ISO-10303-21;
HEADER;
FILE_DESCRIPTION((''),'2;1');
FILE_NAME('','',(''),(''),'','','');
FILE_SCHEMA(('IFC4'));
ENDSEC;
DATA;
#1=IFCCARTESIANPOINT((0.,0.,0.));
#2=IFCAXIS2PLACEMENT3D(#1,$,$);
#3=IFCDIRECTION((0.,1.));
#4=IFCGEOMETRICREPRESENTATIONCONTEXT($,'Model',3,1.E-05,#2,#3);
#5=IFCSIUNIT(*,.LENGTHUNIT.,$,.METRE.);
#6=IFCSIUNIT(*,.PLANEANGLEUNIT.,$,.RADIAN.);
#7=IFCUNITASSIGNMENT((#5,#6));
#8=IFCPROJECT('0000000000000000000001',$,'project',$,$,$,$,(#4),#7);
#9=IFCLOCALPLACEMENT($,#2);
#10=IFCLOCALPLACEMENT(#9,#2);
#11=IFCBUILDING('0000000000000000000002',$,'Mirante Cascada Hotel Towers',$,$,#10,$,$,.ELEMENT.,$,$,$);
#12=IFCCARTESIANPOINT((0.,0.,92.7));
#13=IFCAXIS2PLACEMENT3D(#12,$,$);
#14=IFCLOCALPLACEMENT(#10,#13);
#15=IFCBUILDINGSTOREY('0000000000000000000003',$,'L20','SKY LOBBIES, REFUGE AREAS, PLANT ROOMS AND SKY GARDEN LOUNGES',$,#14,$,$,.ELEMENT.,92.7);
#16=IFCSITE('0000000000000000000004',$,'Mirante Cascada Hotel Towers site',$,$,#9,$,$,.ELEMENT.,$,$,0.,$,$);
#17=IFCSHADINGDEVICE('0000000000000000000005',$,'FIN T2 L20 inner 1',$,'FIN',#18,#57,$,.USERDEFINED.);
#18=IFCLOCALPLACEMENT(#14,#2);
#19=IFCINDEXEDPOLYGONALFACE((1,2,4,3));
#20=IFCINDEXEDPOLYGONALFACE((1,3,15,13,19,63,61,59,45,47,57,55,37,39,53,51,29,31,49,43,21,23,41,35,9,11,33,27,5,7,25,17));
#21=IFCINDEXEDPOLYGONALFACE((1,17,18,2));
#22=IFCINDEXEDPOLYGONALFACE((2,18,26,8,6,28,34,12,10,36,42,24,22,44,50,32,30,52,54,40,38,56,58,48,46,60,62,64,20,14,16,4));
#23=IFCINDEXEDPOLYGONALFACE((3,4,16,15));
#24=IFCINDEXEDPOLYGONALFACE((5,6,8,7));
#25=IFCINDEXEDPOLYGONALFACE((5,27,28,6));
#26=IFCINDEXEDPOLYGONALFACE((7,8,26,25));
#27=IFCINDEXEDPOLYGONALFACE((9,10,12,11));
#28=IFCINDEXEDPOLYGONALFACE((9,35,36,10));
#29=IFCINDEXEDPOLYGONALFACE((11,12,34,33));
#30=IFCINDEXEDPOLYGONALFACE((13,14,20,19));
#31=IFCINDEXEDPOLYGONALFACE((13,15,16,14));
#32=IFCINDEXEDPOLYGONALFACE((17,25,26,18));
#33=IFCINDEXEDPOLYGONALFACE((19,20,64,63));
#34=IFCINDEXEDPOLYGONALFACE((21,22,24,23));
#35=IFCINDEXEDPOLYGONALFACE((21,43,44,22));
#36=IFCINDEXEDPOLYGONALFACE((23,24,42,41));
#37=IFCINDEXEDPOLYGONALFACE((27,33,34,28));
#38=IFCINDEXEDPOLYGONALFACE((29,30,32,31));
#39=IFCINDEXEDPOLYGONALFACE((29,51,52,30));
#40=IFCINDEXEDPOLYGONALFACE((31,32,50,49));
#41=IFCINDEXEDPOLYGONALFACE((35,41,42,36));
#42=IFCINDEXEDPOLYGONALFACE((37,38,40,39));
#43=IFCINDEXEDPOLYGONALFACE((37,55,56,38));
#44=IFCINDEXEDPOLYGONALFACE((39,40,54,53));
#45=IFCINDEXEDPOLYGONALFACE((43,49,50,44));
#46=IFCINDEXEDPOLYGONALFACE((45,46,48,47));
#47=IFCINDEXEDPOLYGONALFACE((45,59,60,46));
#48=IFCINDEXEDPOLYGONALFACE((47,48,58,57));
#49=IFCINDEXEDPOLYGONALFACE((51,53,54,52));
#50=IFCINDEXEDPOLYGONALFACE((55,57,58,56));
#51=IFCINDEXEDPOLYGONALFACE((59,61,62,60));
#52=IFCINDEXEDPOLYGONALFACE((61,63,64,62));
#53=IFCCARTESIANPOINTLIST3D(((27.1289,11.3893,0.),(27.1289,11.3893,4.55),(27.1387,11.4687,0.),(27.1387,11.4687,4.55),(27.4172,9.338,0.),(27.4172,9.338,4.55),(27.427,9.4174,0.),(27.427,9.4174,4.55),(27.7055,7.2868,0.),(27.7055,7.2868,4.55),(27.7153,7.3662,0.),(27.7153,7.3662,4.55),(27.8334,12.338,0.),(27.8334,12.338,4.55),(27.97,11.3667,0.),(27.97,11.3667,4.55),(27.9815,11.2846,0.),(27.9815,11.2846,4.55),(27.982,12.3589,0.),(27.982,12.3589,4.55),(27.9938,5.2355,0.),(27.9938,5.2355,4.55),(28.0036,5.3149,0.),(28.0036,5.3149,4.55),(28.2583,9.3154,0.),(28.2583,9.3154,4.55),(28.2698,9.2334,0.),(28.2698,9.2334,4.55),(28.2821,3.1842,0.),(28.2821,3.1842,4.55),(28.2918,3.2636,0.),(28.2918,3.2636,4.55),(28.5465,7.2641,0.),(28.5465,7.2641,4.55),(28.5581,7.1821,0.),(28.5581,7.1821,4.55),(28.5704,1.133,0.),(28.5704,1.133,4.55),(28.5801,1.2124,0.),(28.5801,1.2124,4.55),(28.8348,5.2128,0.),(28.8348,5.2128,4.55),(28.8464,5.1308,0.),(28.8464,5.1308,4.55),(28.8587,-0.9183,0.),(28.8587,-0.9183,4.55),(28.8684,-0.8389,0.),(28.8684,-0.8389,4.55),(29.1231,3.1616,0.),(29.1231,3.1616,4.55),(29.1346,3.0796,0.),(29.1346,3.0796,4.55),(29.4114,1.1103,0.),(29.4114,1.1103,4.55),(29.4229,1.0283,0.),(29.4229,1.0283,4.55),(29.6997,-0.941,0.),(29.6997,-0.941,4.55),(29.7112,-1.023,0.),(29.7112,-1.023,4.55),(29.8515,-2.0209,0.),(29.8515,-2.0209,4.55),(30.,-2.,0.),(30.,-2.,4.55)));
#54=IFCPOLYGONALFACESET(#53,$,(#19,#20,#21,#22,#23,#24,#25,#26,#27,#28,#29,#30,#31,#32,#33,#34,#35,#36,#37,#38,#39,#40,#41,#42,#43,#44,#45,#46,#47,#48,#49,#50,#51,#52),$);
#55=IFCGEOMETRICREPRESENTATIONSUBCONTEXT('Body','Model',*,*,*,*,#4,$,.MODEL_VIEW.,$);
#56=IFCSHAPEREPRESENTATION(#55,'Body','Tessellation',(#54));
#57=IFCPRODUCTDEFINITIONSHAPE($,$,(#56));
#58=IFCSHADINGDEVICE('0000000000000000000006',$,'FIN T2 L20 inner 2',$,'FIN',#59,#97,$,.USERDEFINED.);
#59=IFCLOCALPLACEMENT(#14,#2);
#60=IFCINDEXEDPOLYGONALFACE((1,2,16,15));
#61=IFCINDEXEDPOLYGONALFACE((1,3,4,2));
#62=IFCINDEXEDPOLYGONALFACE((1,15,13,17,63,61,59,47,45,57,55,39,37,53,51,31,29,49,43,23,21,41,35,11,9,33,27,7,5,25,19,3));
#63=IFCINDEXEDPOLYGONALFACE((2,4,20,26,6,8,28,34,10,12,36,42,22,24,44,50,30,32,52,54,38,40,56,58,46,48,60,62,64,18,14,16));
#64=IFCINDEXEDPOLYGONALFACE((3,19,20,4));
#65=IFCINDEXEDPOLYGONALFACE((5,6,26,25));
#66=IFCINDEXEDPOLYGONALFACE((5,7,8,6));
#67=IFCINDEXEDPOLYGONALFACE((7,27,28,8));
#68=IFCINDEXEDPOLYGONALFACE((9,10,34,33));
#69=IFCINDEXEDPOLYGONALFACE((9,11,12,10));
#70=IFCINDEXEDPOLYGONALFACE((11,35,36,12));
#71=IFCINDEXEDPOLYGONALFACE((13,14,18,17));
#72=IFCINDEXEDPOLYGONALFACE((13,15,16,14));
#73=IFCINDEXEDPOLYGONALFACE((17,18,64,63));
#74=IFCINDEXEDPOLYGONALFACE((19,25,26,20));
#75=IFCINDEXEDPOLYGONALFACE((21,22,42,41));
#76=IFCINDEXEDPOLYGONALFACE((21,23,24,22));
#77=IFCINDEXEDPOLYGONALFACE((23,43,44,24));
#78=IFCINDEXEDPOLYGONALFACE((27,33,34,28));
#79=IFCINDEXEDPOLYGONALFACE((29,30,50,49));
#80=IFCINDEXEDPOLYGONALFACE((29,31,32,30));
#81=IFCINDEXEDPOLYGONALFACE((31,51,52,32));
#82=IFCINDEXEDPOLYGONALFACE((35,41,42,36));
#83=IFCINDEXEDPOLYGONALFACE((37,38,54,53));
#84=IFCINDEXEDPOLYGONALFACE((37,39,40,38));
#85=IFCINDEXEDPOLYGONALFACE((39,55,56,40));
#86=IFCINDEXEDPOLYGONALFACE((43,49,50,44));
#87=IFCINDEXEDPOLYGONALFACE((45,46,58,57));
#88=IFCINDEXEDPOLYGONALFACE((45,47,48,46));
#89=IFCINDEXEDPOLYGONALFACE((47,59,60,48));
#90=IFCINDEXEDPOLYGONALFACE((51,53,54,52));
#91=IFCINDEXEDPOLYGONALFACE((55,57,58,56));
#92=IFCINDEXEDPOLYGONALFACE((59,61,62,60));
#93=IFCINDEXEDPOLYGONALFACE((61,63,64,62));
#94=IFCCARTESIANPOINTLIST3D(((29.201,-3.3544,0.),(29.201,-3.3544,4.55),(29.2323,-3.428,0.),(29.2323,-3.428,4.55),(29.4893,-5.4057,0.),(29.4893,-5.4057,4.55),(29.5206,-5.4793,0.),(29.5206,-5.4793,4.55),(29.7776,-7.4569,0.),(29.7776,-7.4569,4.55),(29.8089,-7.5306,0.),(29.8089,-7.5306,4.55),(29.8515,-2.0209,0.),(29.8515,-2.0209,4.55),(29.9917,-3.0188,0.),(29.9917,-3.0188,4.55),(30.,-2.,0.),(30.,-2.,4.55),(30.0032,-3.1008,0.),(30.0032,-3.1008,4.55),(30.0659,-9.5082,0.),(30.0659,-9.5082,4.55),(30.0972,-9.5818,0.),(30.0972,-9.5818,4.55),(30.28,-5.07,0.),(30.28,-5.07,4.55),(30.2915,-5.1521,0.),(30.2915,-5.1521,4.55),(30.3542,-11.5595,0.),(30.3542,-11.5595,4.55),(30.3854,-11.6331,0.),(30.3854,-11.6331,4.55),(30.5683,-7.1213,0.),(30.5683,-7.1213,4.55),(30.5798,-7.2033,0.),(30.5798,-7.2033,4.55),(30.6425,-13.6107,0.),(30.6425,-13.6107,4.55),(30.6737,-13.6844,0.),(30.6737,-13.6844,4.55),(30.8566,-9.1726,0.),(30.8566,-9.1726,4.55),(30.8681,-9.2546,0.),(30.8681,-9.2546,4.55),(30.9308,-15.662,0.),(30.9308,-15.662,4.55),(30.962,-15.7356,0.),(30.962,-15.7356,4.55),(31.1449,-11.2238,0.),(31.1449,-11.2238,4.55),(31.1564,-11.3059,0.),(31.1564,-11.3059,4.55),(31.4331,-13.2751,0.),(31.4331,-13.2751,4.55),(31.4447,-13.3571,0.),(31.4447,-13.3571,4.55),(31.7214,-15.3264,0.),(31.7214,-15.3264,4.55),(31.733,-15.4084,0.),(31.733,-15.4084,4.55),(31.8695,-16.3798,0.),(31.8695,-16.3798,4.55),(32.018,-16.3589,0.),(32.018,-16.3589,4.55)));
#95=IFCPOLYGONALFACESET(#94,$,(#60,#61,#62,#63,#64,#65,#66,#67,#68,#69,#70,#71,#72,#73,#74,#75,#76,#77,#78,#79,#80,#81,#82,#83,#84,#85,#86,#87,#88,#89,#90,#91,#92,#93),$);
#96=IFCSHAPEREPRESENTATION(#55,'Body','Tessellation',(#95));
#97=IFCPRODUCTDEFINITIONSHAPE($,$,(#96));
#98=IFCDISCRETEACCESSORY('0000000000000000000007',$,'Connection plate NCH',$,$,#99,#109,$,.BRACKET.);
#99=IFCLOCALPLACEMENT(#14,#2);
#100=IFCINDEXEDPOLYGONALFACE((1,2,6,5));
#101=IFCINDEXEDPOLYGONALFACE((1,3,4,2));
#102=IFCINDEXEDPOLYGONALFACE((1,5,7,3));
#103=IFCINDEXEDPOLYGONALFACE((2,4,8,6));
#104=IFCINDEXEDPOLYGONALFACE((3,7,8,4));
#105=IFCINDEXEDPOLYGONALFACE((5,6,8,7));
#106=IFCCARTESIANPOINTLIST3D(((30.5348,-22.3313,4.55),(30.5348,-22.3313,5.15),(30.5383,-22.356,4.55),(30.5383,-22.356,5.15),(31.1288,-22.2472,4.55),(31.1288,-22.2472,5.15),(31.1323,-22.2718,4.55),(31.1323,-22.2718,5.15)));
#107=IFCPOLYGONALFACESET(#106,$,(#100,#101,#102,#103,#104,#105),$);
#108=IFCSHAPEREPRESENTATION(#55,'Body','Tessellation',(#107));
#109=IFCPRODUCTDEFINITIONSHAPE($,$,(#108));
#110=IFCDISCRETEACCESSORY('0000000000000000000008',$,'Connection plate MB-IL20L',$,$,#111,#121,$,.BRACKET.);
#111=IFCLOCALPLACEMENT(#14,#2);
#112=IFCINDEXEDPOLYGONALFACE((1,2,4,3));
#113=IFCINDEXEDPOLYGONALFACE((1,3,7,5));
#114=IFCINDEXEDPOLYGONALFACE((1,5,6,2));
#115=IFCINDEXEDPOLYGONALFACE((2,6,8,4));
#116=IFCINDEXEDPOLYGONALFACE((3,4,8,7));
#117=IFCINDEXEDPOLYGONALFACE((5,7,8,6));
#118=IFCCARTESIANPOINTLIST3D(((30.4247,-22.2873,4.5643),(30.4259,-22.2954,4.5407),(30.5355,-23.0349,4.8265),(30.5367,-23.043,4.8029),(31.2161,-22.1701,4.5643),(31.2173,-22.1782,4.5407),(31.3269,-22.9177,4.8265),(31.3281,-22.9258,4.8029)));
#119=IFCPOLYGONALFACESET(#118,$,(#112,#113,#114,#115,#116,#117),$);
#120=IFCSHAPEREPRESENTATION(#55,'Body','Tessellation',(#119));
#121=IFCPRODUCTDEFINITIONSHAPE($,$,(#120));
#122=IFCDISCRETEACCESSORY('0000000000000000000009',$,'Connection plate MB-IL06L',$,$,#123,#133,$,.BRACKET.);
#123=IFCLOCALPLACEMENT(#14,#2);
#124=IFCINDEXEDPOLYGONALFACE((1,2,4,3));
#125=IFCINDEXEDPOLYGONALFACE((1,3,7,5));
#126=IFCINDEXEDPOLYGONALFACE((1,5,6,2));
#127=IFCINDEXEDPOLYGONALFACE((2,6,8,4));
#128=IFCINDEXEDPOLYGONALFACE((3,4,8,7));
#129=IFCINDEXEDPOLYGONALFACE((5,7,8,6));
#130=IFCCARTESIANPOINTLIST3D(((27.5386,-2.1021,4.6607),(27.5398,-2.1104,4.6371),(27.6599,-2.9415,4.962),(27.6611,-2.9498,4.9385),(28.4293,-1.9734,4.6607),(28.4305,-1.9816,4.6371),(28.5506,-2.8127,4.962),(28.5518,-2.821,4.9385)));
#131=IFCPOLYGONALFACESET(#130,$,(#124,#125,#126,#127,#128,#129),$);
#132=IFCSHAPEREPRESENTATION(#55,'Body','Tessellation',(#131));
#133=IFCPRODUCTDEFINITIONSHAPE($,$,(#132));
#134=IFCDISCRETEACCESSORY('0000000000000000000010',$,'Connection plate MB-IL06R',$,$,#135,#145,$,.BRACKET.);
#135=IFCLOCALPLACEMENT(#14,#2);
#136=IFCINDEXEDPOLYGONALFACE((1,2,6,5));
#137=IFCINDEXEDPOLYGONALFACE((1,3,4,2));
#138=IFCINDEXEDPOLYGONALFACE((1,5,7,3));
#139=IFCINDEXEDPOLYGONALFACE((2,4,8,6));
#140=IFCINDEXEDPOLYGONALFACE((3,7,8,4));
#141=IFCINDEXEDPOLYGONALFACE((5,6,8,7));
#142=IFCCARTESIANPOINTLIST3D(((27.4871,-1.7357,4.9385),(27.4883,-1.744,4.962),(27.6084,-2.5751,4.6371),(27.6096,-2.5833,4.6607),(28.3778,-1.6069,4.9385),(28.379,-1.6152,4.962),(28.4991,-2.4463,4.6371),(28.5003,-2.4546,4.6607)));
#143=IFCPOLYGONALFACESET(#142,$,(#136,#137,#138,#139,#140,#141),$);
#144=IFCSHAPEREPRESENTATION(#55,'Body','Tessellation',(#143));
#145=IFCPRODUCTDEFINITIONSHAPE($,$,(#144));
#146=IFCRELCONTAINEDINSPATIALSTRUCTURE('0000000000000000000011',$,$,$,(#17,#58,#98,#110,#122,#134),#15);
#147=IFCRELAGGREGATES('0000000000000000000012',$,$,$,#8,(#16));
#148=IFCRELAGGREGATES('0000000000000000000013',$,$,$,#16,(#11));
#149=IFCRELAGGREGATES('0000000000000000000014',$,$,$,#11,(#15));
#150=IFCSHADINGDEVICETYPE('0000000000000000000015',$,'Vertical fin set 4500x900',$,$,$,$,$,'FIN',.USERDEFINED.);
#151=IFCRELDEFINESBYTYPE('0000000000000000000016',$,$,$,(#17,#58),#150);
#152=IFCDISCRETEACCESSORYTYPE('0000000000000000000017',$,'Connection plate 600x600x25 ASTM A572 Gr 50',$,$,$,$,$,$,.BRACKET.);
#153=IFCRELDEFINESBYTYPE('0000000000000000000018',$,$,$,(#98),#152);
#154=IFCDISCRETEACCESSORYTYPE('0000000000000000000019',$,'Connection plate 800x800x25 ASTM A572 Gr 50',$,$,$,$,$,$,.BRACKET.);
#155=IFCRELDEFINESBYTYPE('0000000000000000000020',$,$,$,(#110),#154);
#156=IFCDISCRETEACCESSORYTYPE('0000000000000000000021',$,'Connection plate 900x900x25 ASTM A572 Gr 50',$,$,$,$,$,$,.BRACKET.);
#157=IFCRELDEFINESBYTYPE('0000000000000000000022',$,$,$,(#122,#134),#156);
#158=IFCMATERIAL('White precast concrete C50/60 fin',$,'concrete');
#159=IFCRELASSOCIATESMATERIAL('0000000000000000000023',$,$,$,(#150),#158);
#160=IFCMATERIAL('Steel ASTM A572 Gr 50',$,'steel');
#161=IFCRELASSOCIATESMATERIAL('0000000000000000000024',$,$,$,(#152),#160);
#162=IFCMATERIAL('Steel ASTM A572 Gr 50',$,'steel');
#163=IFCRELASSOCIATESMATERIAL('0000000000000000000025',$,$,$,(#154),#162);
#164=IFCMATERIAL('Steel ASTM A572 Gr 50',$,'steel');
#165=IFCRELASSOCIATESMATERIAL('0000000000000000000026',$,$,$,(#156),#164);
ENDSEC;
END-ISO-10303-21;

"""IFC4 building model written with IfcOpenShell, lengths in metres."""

from ifc_helpers import new_model, si_unit, direction, frame, origin, origin_2d, place, context, subcontext, project, spatial, polyline, rectangle, outline, extrude, material, material_profile, profile_set, type_object, element, save


model = new_model("IFC4")

# Units and contexts
model_context = context("Model", 3, precision=1e-05, world=origin(), true_north=direction((0.0, 1.0)))
body_context = subcontext(model_context, "Body", "Model", "MODEL_VIEW")
ifc_project = project(units=[si_unit("LENGTHUNIT", "METRE"), si_unit("PLANEANGLEUNIT", "RADIAN")], contexts=[model_context])

# Site, building, storey
site_placement = place(None, origin())
site = spatial("IfcSite", under=ifc_project, at=site_placement, Name="Mirante Cascada Hotel Towers site", CompositionType="ELEMENT", RefElevation=0.0)
building_placement = place(site_placement, origin())
building = spatial("IfcBuilding", under=site, at=building_placement, Name="Mirante Cascada Hotel Towers", CompositionType="ELEMENT")
storey_placement = place(building_placement, frame((0.0, 0.0, 92.7)))
storey = spatial("IfcBuildingStorey", under=building, at=storey_placement, Name="L20", Description="SKY LOBBIES, REFUGE AREAS, PLANT ROOMS AND SKY GARDEN LOUNGES", CompositionType="ELEMENT", Elevation=92.7)

# Shading devices
ifc_material_1 = material(Name="White precast concrete C50/60 fin", Category="concrete")
shading_device_type = type_object("IfcShadingDeviceType", Name="Vertical fin set 4500x900", ElementType="FIN", PredefinedType="USERDEFINED", material=ifc_material_1)
shading_device_1_placement = place(storey_placement, origin())
element("IfcShadingDevice", 1, at=shading_device_1_placement, inside=storey, type_object=shading_device_type, Name="FIN T2 L20 inner 1", ObjectType="FIN", PredefinedType="USERDEFINED", context=body_context, shape_type="SweptSolid", body=[
    extrude(outline(polyline([(28.8684, -0.8389), (29.6997, -0.941), (29.4229, 1.0283), (28.5704, 1.133), (28.5801, 1.2124), (29.4114, 1.1103), (29.1346, 3.0796), (28.2821, 3.1842), (28.2918, 3.2636), (29.1231, 3.1616), (28.8464, 5.1308), (27.9938, 5.2355), (28.0036, 5.3149), (28.8348, 5.2128), (28.5581, 7.1821), (27.7055, 7.2868), (27.7153, 7.3662), (28.5465, 7.2641), (28.2698, 9.2334), (27.4172, 9.338), (27.427, 9.4174), (28.2583, 9.3154), (27.9815, 11.2846), (27.1289, 11.3893), (27.1387, 11.4687), (27.97, 11.3667), (27.8334, 12.338), (27.982, 12.3589), (30.0, -2.0), (29.8515, -2.0209), (29.7112, -1.023), (28.8587, -0.9183), (28.8684, -0.8389)])), origin(), (0.0, 0.0, 1.0), 4.55),
])
shading_device_2_placement = place(storey_placement, origin())
element("IfcShadingDevice", 2, at=shading_device_2_placement, inside=storey, type_object=shading_device_type, Name="FIN T2 L20 inner 2", ObjectType="FIN", PredefinedType="USERDEFINED", context=body_context, shape_type="SweptSolid", body=[
    extrude(outline(polyline([(30.9308, -15.662), (31.7214, -15.3264), (31.4447, -13.3571), (30.6737, -13.6844), (30.6425, -13.6107), (31.4331, -13.2751), (31.1564, -11.3059), (30.3854, -11.6331), (30.3542, -11.5595), (31.1449, -11.2238), (30.8681, -9.2546), (30.0972, -9.5818), (30.0659, -9.5082), (30.8566, -9.1726), (30.5798, -7.2033), (29.8089, -7.5306), (29.7776, -7.4569), (30.5683, -7.1213), (30.2915, -5.1521), (29.5206, -5.4793), (29.4893, -5.4057), (30.28, -5.07), (30.0032, -3.1008), (29.2323, -3.428), (29.201, -3.3544), (29.9917, -3.0188), (29.8515, -2.0209), (30.0, -2.0), (32.018, -16.3589), (31.8695, -16.3798), (31.733, -15.4084), (30.962, -15.7356), (30.9308, -15.662)])), origin(), (0.0, 0.0, 1.0), 4.55),
])

# Discrete accessories
ifc_material_2 = material(Name="Steel ASTM A572 Gr 50", Category="steel")
ifc_material_profile_1 = material_profile(ifc_material_2, rectangle(XDim=0.6, YDim=0.6, at=origin_2d()), Name="Connection plate 600x600x25 ASTM A572 Gr 50")
ifc_profile_set_1 = profile_set([ifc_material_profile_1], Name="Steel ASTM A572 Gr 50")
discrete_accessory_type_1 = type_object("IfcDiscreteAccessoryType", Name="Connection plate 600x600x25 ASTM A572 Gr 50", PredefinedType="BRACKET", material=ifc_profile_set_1)
discrete_accessory_1_placement = place(storey_placement, frame((30.8353, -22.3139, 4.85), z_axis=(-0.140299, 0.990109, 0.0), x_axis=(-0.990109, -0.140299, 0.0)))
element("IfcDiscreteAccessory", 3, at=discrete_accessory_1_placement, inside=storey, type_object=discrete_accessory_type_1, Name="Connection plate NCH", PredefinedType="BRACKET", context=body_context, shape_type="SweptSolid", body=[
    extrude(rectangle(XDim=0.6, YDim=0.6, at=origin_2d()), origin(), (0.0, 0.0, 1.0), 0.0249),
])
ifc_material_3 = material(Name="Steel ASTM A572 Gr 50", Category="steel")
ifc_material_profile_2 = material_profile(ifc_material_3, rectangle(XDim=0.8, YDim=0.8, at=origin_2d()), Name="Connection plate 800x800x25 ASTM A572 Gr 50")
ifc_profile_set_2 = profile_set([ifc_material_profile_2], Name="Steel ASTM A572 Gr 50")
discrete_accessory_type_2 = type_object("IfcDiscreteAccessoryType", Name="Connection plate 800x800x25 ASTM A572 Gr 50", PredefinedType="BRACKET", material=ifc_profile_set_2)
discrete_accessory_2_placement = place(storey_placement, frame((30.877, -22.6106, 4.6718), z_axis=(-0.048038, 0.324257, 0.944748), x_axis=(-0.989204, -0.146549, 0.0)))
element("IfcDiscreteAccessory", 4, at=discrete_accessory_2_placement, inside=storey, type_object=discrete_accessory_type_2, Name="Connection plate MB-IL20L", PredefinedType="BRACKET", context=body_context, shape_type="SweptSolid", body=[
    extrude(rectangle(XDim=0.8, YDim=0.8, at=origin_2d()), origin(), (0.0, 0.0, 1.0), 0.025),
])
ifc_material_4 = material(Name="Steel ASTM A572 Gr 50", Category="steel")
ifc_material_profile_3 = material_profile(ifc_material_4, rectangle(XDim=0.9, YDim=0.9, at=origin_2d()), Name="Connection plate 900x900x25 ASTM A572 Gr 50")
ifc_profile_set_3 = profile_set([ifc_material_profile_3], Name="Steel ASTM A572 Gr 50")
discrete_accessory_type_3 = type_object("IfcDiscreteAccessoryType", Name="Connection plate 900x900x25 ASTM A572 Gr 50", PredefinedType="BRACKET", material=ifc_profile_set_3)
for number, where, z_axis, x_axis, name in (
    (5, (28.0458, -2.4657, 4.7878), (-0.047912, 0.331393, 0.942275), (-0.98971, -0.143091, 0.0), "Connection plate MB-IL06L"),
    (6, (27.9931, -2.091, 4.7878), (0.047912, -0.331393, 0.942275), (0.98971, 0.143091, 0.0), "Connection plate MB-IL06R"),
):
    element("IfcDiscreteAccessory", number, at=place(storey_placement, frame(where, z_axis=z_axis, x_axis=x_axis)), inside=storey, type_object=discrete_accessory_type_3, Name=name, PredefinedType="BRACKET", context=body_context, shape_type="SweptSolid", body=[
        extrude(rectangle(XDim=0.9, YDim=0.9, at=origin_2d()), origin(), (0.0, 0.0, 1.0), 0.025),
    ])

save(model, "model.ifc")
